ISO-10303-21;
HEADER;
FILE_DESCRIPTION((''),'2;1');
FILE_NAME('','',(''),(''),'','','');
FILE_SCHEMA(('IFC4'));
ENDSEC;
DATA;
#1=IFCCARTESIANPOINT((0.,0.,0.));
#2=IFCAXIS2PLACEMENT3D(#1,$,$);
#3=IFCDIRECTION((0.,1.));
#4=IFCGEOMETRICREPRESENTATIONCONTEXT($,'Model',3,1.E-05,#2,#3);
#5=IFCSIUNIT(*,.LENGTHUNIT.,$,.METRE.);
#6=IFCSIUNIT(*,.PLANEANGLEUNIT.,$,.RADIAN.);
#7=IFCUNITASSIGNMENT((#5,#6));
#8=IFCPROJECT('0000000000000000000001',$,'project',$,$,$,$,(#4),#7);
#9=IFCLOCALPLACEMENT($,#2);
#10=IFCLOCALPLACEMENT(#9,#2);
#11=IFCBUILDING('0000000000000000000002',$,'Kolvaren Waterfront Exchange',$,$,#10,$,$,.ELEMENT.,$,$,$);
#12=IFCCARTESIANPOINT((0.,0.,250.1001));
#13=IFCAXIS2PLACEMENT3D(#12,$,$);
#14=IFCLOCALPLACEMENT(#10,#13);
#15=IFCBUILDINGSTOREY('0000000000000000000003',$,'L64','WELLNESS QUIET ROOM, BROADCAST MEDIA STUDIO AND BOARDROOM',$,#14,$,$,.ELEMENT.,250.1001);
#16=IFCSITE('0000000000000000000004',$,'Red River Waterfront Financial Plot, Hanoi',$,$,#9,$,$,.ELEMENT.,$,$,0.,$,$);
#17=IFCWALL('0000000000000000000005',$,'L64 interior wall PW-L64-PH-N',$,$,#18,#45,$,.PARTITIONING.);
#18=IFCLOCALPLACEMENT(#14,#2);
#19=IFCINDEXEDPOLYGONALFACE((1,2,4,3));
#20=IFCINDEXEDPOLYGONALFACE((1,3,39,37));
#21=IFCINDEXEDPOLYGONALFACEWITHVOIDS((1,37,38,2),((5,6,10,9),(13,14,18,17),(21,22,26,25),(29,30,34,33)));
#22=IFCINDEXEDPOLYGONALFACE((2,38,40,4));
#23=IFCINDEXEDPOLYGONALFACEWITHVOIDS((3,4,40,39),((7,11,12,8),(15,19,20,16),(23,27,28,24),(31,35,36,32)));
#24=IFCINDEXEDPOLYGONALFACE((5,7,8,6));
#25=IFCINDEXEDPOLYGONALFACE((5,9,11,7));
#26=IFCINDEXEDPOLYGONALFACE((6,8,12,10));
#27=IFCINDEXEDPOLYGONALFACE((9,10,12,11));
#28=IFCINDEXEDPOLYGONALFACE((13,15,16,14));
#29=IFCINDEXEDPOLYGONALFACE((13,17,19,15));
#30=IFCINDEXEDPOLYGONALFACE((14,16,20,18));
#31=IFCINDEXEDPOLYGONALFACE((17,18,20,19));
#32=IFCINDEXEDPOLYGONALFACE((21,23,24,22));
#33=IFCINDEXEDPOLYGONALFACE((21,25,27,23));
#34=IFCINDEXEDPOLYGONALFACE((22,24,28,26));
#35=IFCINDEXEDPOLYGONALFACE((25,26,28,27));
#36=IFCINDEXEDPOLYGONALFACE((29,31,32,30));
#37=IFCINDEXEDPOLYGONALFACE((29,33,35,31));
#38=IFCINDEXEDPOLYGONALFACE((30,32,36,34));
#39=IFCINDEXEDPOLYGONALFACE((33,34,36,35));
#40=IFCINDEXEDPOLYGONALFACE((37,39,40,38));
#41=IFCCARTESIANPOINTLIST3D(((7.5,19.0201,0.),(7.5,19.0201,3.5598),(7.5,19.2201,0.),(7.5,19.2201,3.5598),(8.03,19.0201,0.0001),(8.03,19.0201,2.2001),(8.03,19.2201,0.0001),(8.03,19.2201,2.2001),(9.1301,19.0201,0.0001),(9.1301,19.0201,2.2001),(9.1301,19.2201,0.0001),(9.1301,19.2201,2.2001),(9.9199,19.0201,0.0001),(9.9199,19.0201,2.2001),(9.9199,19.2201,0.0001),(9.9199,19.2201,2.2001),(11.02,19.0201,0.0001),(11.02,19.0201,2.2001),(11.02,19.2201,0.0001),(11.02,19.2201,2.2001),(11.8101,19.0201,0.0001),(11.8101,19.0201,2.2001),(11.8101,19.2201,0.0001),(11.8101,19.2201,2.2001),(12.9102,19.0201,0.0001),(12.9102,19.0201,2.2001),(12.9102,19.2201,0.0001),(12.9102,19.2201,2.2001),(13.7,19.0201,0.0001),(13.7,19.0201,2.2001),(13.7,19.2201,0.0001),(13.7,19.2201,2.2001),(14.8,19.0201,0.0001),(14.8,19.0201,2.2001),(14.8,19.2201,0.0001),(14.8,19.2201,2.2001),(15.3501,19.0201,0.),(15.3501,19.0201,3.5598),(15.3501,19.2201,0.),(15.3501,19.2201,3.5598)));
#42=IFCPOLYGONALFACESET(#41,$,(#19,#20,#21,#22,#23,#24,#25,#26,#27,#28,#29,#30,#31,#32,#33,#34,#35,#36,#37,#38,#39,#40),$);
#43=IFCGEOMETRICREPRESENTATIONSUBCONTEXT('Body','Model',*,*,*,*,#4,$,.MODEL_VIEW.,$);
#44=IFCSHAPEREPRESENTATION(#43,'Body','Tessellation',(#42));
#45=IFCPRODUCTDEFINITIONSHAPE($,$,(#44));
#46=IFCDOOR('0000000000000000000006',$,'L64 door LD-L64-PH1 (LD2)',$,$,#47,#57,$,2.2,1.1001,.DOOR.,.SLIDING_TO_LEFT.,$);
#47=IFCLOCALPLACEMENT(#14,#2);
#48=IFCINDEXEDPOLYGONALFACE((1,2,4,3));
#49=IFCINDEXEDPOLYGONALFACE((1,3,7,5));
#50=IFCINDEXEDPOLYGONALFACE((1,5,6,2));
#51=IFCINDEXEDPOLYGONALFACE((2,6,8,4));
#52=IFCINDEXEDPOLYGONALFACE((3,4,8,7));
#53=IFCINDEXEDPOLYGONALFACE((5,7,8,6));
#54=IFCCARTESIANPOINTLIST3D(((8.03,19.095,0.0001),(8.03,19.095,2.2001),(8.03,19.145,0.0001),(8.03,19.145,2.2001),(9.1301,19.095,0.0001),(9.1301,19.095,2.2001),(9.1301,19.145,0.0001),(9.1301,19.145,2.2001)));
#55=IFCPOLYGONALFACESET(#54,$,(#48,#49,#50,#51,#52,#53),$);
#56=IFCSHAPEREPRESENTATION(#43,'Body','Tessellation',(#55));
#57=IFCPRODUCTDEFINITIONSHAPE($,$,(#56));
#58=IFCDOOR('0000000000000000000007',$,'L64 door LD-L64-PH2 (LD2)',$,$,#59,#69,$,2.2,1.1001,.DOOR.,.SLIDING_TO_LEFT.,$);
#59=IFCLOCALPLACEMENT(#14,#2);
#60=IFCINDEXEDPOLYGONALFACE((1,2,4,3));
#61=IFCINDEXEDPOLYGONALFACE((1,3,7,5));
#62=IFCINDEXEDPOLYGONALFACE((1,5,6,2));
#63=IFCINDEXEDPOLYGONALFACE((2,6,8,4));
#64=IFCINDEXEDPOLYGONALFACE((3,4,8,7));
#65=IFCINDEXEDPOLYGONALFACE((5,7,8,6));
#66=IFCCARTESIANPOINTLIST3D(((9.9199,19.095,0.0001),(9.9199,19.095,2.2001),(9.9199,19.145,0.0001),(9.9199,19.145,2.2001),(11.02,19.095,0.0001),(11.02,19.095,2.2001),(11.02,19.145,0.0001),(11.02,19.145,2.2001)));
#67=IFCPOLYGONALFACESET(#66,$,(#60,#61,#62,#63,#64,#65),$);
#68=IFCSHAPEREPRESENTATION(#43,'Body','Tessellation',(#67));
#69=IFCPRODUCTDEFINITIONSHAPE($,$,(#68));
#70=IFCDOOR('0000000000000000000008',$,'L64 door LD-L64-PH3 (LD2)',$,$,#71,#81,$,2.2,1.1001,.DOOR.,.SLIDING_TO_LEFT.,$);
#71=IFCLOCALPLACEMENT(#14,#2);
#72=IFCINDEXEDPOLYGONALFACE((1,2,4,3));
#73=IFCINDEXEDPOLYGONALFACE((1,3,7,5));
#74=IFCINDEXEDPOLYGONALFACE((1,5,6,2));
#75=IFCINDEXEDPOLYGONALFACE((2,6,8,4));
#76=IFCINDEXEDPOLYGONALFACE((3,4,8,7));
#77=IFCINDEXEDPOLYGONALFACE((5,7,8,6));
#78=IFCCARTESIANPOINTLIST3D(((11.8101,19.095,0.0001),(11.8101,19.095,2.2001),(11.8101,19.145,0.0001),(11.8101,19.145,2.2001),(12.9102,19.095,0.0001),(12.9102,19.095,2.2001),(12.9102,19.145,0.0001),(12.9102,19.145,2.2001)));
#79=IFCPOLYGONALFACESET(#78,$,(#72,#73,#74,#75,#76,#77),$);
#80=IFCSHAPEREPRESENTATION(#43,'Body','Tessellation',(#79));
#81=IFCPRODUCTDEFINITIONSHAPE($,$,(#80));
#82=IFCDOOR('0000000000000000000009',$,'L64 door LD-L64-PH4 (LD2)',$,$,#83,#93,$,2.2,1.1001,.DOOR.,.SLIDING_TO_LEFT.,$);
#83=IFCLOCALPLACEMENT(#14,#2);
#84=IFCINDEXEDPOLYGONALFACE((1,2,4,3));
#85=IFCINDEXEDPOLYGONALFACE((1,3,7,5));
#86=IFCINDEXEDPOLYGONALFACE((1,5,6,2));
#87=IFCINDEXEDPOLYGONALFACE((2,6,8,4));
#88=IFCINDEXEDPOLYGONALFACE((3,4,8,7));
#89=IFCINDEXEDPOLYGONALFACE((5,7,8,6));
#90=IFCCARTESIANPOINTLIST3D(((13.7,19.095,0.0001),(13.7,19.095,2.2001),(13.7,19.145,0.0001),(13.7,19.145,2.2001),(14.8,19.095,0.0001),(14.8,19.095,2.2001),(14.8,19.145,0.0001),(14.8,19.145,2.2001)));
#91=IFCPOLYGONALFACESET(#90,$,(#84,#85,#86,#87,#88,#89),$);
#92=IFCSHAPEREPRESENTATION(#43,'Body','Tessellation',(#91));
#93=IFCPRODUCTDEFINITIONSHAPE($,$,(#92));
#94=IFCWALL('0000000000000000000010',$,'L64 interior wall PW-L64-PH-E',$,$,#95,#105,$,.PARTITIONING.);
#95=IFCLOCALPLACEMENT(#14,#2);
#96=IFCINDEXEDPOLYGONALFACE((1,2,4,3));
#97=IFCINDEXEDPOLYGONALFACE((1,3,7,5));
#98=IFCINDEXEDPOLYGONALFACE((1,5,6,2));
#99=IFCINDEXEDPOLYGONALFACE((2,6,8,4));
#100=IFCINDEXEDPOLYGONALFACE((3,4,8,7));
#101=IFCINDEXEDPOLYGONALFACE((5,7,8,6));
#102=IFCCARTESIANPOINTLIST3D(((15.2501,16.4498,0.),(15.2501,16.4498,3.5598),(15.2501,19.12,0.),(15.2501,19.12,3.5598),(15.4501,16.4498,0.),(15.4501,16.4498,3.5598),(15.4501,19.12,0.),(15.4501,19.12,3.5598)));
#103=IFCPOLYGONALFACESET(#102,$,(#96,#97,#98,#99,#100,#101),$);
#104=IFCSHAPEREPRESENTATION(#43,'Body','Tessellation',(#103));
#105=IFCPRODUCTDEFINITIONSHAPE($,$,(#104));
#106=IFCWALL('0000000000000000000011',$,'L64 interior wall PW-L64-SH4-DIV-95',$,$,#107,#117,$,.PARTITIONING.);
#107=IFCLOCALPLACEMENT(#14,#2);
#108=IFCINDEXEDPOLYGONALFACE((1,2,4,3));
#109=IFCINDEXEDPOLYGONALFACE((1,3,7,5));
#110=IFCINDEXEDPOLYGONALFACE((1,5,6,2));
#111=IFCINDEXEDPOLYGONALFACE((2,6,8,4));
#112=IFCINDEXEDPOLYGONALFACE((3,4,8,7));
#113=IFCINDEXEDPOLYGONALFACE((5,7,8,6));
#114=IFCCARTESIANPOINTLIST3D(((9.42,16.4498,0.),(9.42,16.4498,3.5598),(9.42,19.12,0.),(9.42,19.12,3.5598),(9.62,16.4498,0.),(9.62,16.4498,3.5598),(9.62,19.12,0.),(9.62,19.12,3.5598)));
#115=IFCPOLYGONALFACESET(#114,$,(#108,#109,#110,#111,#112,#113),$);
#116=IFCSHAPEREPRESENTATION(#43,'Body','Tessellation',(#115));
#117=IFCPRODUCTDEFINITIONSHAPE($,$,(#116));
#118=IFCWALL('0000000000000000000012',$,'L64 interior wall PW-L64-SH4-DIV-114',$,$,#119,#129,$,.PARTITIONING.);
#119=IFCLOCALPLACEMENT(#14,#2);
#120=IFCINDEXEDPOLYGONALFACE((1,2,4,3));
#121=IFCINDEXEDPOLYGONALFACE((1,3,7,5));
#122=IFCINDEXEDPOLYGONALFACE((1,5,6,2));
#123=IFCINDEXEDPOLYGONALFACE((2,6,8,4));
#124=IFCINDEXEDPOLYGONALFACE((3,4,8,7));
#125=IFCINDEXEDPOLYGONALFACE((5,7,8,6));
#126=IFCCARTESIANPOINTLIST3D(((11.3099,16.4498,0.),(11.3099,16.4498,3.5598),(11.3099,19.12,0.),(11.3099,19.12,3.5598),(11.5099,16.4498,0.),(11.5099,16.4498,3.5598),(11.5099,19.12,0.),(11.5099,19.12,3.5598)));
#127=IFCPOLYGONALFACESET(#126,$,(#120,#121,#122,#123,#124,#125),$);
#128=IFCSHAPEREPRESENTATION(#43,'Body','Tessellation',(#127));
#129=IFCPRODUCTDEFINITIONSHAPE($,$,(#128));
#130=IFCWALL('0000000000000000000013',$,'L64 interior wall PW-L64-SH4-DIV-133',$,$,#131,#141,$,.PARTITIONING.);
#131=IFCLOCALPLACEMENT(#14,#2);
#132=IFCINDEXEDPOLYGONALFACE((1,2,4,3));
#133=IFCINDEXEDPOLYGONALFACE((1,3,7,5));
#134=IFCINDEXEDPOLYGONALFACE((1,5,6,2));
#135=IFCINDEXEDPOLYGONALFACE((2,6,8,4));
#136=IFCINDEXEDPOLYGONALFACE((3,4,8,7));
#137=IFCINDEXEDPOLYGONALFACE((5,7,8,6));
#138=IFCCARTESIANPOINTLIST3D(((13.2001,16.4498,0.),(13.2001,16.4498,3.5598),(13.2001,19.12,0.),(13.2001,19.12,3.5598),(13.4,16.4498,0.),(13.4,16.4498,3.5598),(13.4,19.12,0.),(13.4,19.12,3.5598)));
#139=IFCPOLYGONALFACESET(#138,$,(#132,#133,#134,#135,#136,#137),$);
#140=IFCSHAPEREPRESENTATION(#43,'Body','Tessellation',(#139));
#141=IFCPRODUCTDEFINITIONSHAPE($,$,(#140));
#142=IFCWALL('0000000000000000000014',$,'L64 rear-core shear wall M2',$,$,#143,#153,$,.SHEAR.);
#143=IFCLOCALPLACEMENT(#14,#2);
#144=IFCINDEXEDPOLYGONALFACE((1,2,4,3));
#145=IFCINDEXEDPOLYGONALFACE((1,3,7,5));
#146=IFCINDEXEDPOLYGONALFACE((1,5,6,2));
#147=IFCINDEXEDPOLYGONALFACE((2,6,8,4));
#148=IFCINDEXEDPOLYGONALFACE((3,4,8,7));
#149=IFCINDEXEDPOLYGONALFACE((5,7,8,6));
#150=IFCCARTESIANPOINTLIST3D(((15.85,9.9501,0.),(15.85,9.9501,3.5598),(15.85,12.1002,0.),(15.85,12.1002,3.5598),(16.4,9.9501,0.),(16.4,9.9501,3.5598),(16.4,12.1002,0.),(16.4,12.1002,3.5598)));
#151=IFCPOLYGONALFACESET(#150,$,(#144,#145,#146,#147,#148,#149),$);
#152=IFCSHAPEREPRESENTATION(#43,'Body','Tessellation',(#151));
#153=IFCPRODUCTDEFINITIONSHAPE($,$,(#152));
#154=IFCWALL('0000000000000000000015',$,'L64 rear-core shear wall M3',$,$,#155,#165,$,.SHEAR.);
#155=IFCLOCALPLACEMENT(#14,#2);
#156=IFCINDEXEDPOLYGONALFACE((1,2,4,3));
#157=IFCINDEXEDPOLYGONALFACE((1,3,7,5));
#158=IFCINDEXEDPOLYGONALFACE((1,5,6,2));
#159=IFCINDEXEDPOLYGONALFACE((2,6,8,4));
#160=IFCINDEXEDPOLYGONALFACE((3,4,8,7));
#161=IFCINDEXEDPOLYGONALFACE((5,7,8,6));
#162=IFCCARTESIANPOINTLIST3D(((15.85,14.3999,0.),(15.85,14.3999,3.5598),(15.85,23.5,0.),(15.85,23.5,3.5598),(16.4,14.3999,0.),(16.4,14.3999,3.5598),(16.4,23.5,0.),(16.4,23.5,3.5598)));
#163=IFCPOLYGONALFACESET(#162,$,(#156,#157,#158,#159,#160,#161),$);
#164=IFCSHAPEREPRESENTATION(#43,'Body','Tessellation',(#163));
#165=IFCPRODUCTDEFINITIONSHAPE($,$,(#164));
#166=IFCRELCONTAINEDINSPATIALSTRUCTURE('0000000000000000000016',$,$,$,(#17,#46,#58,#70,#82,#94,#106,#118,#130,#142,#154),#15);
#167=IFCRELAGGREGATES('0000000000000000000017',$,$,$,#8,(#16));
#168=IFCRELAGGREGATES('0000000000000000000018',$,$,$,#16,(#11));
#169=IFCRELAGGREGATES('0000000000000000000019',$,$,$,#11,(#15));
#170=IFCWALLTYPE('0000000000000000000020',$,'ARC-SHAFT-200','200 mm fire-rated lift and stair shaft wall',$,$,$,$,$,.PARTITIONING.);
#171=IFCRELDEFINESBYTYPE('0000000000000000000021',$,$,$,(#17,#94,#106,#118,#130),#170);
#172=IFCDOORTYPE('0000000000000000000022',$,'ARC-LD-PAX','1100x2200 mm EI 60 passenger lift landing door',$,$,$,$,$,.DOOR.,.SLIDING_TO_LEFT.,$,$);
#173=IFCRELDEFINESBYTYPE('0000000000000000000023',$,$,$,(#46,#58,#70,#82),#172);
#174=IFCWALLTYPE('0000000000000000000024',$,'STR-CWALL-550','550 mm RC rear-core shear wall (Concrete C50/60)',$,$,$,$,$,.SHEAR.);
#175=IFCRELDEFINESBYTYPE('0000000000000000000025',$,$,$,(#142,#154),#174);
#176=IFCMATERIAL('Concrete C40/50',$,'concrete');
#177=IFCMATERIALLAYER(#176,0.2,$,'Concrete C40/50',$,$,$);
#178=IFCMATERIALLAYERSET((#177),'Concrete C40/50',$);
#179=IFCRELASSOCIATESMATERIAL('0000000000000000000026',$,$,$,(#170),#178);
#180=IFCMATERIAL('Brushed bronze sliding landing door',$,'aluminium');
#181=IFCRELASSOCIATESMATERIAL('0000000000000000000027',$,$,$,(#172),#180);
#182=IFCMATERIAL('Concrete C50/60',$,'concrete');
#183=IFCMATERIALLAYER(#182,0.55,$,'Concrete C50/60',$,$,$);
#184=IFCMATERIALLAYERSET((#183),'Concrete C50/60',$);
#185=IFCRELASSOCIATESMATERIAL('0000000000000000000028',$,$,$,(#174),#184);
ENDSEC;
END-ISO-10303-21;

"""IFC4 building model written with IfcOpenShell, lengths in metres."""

from ifc_helpers import new_model, si_unit, direction, frame, frame_2d, origin, place, context, subcontext, project, spatial, rectangle, extrude, material, layer, layer_set, type_object, element, fill, save


model = new_model("IFC4")

# Units and contexts
model_context = context("Model", 3, precision=1e-05, world=origin(), true_north=direction((0.0, 1.0)))
body_context = subcontext(model_context, "Body", "Model", "MODEL_VIEW")
ifc_project = project(units=[si_unit("LENGTHUNIT", "METRE"), si_unit("PLANEANGLEUNIT", "RADIAN")], contexts=[model_context])

# Site, building, storey
site_placement = place(None, origin())
site = spatial("IfcSite", under=ifc_project, at=site_placement, Name="Red River Waterfront Financial Plot, Hanoi", CompositionType="ELEMENT", RefElevation=0.0)
building_placement = place(site_placement, origin())
building = spatial("IfcBuilding", under=site, at=building_placement, Name="Kolvaren Waterfront Exchange", CompositionType="ELEMENT")
storey_placement = place(building_placement, frame((0.0, 0.0, 250.1001)))
storey = spatial("IfcBuildingStorey", under=building, at=storey_placement, Name="L64", Description="WELLNESS QUIET ROOM, BROADCAST MEDIA STUDIO AND BOARDROOM", CompositionType="ELEMENT", Elevation=250.1001)

# Shared definitions
ifc_material_1 = material(Name="Concrete C40/50", Category="concrete")
ifc_layer_1 = layer(ifc_material_1, 0.2, Name="Concrete C40/50")
ifc_layer_set_1 = layer_set([ifc_layer_1], Name="Concrete C40/50")
wall_type_1 = type_object("IfcWallType", Name="ARC-SHAFT-200", Description="200 mm fire-rated lift and stair shaft wall", PredefinedType="PARTITIONING", material=ifc_layer_set_1)

# Wall, openings, doors
wall_1_placement = place(storey_placement, frame((7.5, 19.1201, 0.0), z_axis=(0.0, 0.0, 1.0), x_axis=(1.0, 0.0, 0.0)))
wall_1 = element("IfcWall", 1, at=wall_1_placement, inside=storey, type_object=wall_type_1, Name="L64 interior wall PW-L64-PH-N", PredefinedType="PARTITIONING", context=body_context, shape_type="SweptSolid", body=[
    extrude(rectangle(XDim=7.8501, YDim=0.2, at=frame_2d((3.925, 0.0))), origin(), (0.0, 0.0, 1.0), 3.5598),
])
opening_1_placement = place(wall_1_placement, frame((0.53, 0.0, 0.0)))
opening_1 = element("IfcOpeningElement", 2, at=opening_1_placement, cuts=wall_1, PredefinedType="OPENING", context=body_context, shape_type="SweptSolid", body=[
    extrude(rectangle(XDim=1.1001, YDim=2.2, at=frame_2d((0.55, 1.1001))), frame((0.0, 0.1099, 0.0), z_axis=(0.0, -1.0, 0.0), x_axis=(1.0, 0.0, 0.0)), (0.0, 0.0, 1.0), 0.22),
])
opening_2_placement = place(wall_1_placement, frame((2.4199, 0.0, 0.0)))
opening_2 = element("IfcOpeningElement", 3, at=opening_2_placement, cuts=wall_1, PredefinedType="OPENING", context=body_context, shape_type="SweptSolid", body=[
    extrude(rectangle(XDim=1.1001, YDim=2.2, at=frame_2d((0.55, 1.1001))), frame((0.0, 0.1099, 0.0), z_axis=(0.0, -1.0, 0.0), x_axis=(1.0, 0.0, 0.0)), (0.0, 0.0, 1.0), 0.22),
])
opening_3_placement = place(wall_1_placement, frame((4.3101, 0.0, 0.0)))
opening_3 = element("IfcOpeningElement", 4, at=opening_3_placement, cuts=wall_1, PredefinedType="OPENING", context=body_context, shape_type="SweptSolid", body=[
    extrude(rectangle(XDim=1.1001, YDim=2.2, at=frame_2d((0.55, 1.1001))), frame((0.0, 0.1099, 0.0), z_axis=(0.0, -1.0, 0.0), x_axis=(1.0, 0.0, 0.0)), (0.0, 0.0, 1.0), 0.22),
])
opening_4_placement = place(wall_1_placement, frame((6.2, 0.0, 0.0)))
opening_4 = element("IfcOpeningElement", 5, at=opening_4_placement, cuts=wall_1, PredefinedType="OPENING", context=body_context, shape_type="SweptSolid", body=[
    extrude(rectangle(XDim=1.1001, YDim=2.2, at=frame_2d((0.55, 1.1001))), frame((0.0, 0.1099, 0.0), z_axis=(0.0, -1.0, 0.0), x_axis=(1.0, 0.0, 0.0)), (0.0, 0.0, 1.0), 0.22),
])
ifc_material_2 = material(Name="Brushed bronze sliding landing door", Category="aluminium")
door_type_1 = type_object("IfcDoorType", Name="ARC-LD-PAX", Description="1100x2200 mm EI 60 passenger lift landing door", OperationType="SLIDING_TO_LEFT", PredefinedType="DOOR", material=ifc_material_2)
door_1_placement = place(opening_1_placement, origin())
door_1 = element("IfcDoor", 6, at=door_1_placement, inside=storey, type_object=door_type_1, Name="L64 door LD-L64-PH1 (LD2)", OperationType="SLIDING_TO_LEFT", OverallHeight=2.2, OverallWidth=1.1001, PredefinedType="DOOR", context=body_context, shape_type="SweptSolid", body=[
    extrude(rectangle(XDim=1.1001, YDim=2.2, at=frame_2d((0.55, 1.1001))), frame((0.0, 0.0249, 0.0), z_axis=(0.0, -1.0, 0.0), x_axis=(1.0, 0.0, 0.0)), (0.0, 0.0, 1.0), 0.05),
])
fill(opening_1, door_1)
door_2_placement = place(opening_2_placement, origin())
door_2 = element("IfcDoor", 7, at=door_2_placement, inside=storey, type_object=door_type_1, Name="L64 door LD-L64-PH2 (LD2)", OperationType="SLIDING_TO_LEFT", OverallHeight=2.2, OverallWidth=1.1001, PredefinedType="DOOR", context=body_context, shape_type="SweptSolid", body=[
    extrude(rectangle(XDim=1.1001, YDim=2.2, at=frame_2d((0.55, 1.1001))), frame((0.0, 0.0249, 0.0), z_axis=(0.0, -1.0, 0.0), x_axis=(1.0, 0.0, 0.0)), (0.0, 0.0, 1.0), 0.05),
])
fill(opening_2, door_2)
door_3_placement = place(opening_3_placement, origin())
door_3 = element("IfcDoor", 8, at=door_3_placement, inside=storey, type_object=door_type_1, Name="L64 door LD-L64-PH3 (LD2)", OperationType="SLIDING_TO_LEFT", OverallHeight=2.2, OverallWidth=1.1001, PredefinedType="DOOR", context=body_context, shape_type="SweptSolid", body=[
    extrude(rectangle(XDim=1.1001, YDim=2.2, at=frame_2d((0.55, 1.1001))), frame((0.0, 0.0249, 0.0), z_axis=(0.0, -1.0, 0.0), x_axis=(1.0, 0.0, 0.0)), (0.0, 0.0, 1.0), 0.05),
])
fill(opening_3, door_3)
door_4_placement = place(opening_4_placement, origin())
door_4 = element("IfcDoor", 9, at=door_4_placement, inside=storey, type_object=door_type_1, Name="L64 door LD-L64-PH4 (LD2)", OperationType="SLIDING_TO_LEFT", OverallHeight=2.2, OverallWidth=1.1001, PredefinedType="DOOR", context=body_context, shape_type="SweptSolid", body=[
    extrude(rectangle(XDim=1.1001, YDim=2.2, at=frame_2d((0.55, 1.1001))), frame((0.0, 0.0249, 0.0), z_axis=(0.0, -1.0, 0.0), x_axis=(1.0, 0.0, 0.0)), (0.0, 0.0, 1.0), 0.05),
])
fill(opening_4, door_4)

# Walls
for number, where, z_axis, x_axis, name in (
    (10, (15.3501, 16.45, 0.0), (0.0, 0.0, 1.0), (0.0, 1.0, 0.0), "L64 interior wall PW-L64-PH-E"),
    (11, (9.52, 16.45, 0.0), (0.0, 0.0, 1.0), (0.0, 1.0, 0.0), "L64 interior wall PW-L64-SH4-DIV-95"),
    (12, (11.4099, 16.45, 0.0), (0.0, 0.0, 1.0), (0.0, 1.0, 0.0), "L64 interior wall PW-L64-SH4-DIV-114"),
    (13, (13.3, 16.45, 0.0), (0.0, 0.0, 1.0), (0.0, 1.0, 0.0), "L64 interior wall PW-L64-SH4-DIV-133"),
):
    element("IfcWall", number, at=place(storey_placement, frame(where, z_axis=z_axis, x_axis=x_axis)), inside=storey, type_object=wall_type_1, Name=name, PredefinedType="PARTITIONING", context=body_context, shape_type="SweptSolid", body=[
        extrude(rectangle(XDim=2.6702, YDim=0.2, at=frame_2d((1.335, 0.0))), origin(), (0.0, 0.0, 1.0), 3.5598),
    ])
ifc_material_3 = material(Name="Concrete C50/60", Category="concrete")
ifc_layer_2 = layer(ifc_material_3, 0.55, Name="Concrete C50/60")
ifc_layer_set_2 = layer_set([ifc_layer_2], Name="Concrete C50/60")
wall_type_2 = type_object("IfcWallType", Name="STR-CWALL-550", Description="550 mm RC rear-core shear wall (Concrete C50/60)", PredefinedType="SHEAR", material=ifc_layer_set_2)
wall_2_placement = place(storey_placement, frame((16.125, 9.95, 0.0), z_axis=(0.0, 0.0, 1.0), x_axis=(0.0, 1.0, 0.0)))
element("IfcWall", 14, at=wall_2_placement, inside=storey, type_object=wall_type_2, Name="L64 rear-core shear wall M2", PredefinedType="SHEAR", context=body_context, shape_type="SweptSolid", body=[
    extrude(rectangle(XDim=2.1501, YDim=0.55, at=frame_2d((1.0752, 0.0))), origin(), (0.0, 0.0, 1.0), 3.5598),
])
wall_3_placement = place(storey_placement, frame((16.125, 14.3999, 0.0), z_axis=(0.0, 0.0, 1.0), x_axis=(0.0, 1.0, 0.0)))
element("IfcWall", 15, at=wall_3_placement, inside=storey, type_object=wall_type_2, Name="L64 rear-core shear wall M3", PredefinedType="SHEAR", context=body_context, shape_type="SweptSolid", body=[
    extrude(rectangle(XDim=9.1001, YDim=0.55, at=frame_2d((4.55, 0.0))), origin(), (0.0, 0.0, 1.0), 3.5598),
])

save(model, "model.ifc")
